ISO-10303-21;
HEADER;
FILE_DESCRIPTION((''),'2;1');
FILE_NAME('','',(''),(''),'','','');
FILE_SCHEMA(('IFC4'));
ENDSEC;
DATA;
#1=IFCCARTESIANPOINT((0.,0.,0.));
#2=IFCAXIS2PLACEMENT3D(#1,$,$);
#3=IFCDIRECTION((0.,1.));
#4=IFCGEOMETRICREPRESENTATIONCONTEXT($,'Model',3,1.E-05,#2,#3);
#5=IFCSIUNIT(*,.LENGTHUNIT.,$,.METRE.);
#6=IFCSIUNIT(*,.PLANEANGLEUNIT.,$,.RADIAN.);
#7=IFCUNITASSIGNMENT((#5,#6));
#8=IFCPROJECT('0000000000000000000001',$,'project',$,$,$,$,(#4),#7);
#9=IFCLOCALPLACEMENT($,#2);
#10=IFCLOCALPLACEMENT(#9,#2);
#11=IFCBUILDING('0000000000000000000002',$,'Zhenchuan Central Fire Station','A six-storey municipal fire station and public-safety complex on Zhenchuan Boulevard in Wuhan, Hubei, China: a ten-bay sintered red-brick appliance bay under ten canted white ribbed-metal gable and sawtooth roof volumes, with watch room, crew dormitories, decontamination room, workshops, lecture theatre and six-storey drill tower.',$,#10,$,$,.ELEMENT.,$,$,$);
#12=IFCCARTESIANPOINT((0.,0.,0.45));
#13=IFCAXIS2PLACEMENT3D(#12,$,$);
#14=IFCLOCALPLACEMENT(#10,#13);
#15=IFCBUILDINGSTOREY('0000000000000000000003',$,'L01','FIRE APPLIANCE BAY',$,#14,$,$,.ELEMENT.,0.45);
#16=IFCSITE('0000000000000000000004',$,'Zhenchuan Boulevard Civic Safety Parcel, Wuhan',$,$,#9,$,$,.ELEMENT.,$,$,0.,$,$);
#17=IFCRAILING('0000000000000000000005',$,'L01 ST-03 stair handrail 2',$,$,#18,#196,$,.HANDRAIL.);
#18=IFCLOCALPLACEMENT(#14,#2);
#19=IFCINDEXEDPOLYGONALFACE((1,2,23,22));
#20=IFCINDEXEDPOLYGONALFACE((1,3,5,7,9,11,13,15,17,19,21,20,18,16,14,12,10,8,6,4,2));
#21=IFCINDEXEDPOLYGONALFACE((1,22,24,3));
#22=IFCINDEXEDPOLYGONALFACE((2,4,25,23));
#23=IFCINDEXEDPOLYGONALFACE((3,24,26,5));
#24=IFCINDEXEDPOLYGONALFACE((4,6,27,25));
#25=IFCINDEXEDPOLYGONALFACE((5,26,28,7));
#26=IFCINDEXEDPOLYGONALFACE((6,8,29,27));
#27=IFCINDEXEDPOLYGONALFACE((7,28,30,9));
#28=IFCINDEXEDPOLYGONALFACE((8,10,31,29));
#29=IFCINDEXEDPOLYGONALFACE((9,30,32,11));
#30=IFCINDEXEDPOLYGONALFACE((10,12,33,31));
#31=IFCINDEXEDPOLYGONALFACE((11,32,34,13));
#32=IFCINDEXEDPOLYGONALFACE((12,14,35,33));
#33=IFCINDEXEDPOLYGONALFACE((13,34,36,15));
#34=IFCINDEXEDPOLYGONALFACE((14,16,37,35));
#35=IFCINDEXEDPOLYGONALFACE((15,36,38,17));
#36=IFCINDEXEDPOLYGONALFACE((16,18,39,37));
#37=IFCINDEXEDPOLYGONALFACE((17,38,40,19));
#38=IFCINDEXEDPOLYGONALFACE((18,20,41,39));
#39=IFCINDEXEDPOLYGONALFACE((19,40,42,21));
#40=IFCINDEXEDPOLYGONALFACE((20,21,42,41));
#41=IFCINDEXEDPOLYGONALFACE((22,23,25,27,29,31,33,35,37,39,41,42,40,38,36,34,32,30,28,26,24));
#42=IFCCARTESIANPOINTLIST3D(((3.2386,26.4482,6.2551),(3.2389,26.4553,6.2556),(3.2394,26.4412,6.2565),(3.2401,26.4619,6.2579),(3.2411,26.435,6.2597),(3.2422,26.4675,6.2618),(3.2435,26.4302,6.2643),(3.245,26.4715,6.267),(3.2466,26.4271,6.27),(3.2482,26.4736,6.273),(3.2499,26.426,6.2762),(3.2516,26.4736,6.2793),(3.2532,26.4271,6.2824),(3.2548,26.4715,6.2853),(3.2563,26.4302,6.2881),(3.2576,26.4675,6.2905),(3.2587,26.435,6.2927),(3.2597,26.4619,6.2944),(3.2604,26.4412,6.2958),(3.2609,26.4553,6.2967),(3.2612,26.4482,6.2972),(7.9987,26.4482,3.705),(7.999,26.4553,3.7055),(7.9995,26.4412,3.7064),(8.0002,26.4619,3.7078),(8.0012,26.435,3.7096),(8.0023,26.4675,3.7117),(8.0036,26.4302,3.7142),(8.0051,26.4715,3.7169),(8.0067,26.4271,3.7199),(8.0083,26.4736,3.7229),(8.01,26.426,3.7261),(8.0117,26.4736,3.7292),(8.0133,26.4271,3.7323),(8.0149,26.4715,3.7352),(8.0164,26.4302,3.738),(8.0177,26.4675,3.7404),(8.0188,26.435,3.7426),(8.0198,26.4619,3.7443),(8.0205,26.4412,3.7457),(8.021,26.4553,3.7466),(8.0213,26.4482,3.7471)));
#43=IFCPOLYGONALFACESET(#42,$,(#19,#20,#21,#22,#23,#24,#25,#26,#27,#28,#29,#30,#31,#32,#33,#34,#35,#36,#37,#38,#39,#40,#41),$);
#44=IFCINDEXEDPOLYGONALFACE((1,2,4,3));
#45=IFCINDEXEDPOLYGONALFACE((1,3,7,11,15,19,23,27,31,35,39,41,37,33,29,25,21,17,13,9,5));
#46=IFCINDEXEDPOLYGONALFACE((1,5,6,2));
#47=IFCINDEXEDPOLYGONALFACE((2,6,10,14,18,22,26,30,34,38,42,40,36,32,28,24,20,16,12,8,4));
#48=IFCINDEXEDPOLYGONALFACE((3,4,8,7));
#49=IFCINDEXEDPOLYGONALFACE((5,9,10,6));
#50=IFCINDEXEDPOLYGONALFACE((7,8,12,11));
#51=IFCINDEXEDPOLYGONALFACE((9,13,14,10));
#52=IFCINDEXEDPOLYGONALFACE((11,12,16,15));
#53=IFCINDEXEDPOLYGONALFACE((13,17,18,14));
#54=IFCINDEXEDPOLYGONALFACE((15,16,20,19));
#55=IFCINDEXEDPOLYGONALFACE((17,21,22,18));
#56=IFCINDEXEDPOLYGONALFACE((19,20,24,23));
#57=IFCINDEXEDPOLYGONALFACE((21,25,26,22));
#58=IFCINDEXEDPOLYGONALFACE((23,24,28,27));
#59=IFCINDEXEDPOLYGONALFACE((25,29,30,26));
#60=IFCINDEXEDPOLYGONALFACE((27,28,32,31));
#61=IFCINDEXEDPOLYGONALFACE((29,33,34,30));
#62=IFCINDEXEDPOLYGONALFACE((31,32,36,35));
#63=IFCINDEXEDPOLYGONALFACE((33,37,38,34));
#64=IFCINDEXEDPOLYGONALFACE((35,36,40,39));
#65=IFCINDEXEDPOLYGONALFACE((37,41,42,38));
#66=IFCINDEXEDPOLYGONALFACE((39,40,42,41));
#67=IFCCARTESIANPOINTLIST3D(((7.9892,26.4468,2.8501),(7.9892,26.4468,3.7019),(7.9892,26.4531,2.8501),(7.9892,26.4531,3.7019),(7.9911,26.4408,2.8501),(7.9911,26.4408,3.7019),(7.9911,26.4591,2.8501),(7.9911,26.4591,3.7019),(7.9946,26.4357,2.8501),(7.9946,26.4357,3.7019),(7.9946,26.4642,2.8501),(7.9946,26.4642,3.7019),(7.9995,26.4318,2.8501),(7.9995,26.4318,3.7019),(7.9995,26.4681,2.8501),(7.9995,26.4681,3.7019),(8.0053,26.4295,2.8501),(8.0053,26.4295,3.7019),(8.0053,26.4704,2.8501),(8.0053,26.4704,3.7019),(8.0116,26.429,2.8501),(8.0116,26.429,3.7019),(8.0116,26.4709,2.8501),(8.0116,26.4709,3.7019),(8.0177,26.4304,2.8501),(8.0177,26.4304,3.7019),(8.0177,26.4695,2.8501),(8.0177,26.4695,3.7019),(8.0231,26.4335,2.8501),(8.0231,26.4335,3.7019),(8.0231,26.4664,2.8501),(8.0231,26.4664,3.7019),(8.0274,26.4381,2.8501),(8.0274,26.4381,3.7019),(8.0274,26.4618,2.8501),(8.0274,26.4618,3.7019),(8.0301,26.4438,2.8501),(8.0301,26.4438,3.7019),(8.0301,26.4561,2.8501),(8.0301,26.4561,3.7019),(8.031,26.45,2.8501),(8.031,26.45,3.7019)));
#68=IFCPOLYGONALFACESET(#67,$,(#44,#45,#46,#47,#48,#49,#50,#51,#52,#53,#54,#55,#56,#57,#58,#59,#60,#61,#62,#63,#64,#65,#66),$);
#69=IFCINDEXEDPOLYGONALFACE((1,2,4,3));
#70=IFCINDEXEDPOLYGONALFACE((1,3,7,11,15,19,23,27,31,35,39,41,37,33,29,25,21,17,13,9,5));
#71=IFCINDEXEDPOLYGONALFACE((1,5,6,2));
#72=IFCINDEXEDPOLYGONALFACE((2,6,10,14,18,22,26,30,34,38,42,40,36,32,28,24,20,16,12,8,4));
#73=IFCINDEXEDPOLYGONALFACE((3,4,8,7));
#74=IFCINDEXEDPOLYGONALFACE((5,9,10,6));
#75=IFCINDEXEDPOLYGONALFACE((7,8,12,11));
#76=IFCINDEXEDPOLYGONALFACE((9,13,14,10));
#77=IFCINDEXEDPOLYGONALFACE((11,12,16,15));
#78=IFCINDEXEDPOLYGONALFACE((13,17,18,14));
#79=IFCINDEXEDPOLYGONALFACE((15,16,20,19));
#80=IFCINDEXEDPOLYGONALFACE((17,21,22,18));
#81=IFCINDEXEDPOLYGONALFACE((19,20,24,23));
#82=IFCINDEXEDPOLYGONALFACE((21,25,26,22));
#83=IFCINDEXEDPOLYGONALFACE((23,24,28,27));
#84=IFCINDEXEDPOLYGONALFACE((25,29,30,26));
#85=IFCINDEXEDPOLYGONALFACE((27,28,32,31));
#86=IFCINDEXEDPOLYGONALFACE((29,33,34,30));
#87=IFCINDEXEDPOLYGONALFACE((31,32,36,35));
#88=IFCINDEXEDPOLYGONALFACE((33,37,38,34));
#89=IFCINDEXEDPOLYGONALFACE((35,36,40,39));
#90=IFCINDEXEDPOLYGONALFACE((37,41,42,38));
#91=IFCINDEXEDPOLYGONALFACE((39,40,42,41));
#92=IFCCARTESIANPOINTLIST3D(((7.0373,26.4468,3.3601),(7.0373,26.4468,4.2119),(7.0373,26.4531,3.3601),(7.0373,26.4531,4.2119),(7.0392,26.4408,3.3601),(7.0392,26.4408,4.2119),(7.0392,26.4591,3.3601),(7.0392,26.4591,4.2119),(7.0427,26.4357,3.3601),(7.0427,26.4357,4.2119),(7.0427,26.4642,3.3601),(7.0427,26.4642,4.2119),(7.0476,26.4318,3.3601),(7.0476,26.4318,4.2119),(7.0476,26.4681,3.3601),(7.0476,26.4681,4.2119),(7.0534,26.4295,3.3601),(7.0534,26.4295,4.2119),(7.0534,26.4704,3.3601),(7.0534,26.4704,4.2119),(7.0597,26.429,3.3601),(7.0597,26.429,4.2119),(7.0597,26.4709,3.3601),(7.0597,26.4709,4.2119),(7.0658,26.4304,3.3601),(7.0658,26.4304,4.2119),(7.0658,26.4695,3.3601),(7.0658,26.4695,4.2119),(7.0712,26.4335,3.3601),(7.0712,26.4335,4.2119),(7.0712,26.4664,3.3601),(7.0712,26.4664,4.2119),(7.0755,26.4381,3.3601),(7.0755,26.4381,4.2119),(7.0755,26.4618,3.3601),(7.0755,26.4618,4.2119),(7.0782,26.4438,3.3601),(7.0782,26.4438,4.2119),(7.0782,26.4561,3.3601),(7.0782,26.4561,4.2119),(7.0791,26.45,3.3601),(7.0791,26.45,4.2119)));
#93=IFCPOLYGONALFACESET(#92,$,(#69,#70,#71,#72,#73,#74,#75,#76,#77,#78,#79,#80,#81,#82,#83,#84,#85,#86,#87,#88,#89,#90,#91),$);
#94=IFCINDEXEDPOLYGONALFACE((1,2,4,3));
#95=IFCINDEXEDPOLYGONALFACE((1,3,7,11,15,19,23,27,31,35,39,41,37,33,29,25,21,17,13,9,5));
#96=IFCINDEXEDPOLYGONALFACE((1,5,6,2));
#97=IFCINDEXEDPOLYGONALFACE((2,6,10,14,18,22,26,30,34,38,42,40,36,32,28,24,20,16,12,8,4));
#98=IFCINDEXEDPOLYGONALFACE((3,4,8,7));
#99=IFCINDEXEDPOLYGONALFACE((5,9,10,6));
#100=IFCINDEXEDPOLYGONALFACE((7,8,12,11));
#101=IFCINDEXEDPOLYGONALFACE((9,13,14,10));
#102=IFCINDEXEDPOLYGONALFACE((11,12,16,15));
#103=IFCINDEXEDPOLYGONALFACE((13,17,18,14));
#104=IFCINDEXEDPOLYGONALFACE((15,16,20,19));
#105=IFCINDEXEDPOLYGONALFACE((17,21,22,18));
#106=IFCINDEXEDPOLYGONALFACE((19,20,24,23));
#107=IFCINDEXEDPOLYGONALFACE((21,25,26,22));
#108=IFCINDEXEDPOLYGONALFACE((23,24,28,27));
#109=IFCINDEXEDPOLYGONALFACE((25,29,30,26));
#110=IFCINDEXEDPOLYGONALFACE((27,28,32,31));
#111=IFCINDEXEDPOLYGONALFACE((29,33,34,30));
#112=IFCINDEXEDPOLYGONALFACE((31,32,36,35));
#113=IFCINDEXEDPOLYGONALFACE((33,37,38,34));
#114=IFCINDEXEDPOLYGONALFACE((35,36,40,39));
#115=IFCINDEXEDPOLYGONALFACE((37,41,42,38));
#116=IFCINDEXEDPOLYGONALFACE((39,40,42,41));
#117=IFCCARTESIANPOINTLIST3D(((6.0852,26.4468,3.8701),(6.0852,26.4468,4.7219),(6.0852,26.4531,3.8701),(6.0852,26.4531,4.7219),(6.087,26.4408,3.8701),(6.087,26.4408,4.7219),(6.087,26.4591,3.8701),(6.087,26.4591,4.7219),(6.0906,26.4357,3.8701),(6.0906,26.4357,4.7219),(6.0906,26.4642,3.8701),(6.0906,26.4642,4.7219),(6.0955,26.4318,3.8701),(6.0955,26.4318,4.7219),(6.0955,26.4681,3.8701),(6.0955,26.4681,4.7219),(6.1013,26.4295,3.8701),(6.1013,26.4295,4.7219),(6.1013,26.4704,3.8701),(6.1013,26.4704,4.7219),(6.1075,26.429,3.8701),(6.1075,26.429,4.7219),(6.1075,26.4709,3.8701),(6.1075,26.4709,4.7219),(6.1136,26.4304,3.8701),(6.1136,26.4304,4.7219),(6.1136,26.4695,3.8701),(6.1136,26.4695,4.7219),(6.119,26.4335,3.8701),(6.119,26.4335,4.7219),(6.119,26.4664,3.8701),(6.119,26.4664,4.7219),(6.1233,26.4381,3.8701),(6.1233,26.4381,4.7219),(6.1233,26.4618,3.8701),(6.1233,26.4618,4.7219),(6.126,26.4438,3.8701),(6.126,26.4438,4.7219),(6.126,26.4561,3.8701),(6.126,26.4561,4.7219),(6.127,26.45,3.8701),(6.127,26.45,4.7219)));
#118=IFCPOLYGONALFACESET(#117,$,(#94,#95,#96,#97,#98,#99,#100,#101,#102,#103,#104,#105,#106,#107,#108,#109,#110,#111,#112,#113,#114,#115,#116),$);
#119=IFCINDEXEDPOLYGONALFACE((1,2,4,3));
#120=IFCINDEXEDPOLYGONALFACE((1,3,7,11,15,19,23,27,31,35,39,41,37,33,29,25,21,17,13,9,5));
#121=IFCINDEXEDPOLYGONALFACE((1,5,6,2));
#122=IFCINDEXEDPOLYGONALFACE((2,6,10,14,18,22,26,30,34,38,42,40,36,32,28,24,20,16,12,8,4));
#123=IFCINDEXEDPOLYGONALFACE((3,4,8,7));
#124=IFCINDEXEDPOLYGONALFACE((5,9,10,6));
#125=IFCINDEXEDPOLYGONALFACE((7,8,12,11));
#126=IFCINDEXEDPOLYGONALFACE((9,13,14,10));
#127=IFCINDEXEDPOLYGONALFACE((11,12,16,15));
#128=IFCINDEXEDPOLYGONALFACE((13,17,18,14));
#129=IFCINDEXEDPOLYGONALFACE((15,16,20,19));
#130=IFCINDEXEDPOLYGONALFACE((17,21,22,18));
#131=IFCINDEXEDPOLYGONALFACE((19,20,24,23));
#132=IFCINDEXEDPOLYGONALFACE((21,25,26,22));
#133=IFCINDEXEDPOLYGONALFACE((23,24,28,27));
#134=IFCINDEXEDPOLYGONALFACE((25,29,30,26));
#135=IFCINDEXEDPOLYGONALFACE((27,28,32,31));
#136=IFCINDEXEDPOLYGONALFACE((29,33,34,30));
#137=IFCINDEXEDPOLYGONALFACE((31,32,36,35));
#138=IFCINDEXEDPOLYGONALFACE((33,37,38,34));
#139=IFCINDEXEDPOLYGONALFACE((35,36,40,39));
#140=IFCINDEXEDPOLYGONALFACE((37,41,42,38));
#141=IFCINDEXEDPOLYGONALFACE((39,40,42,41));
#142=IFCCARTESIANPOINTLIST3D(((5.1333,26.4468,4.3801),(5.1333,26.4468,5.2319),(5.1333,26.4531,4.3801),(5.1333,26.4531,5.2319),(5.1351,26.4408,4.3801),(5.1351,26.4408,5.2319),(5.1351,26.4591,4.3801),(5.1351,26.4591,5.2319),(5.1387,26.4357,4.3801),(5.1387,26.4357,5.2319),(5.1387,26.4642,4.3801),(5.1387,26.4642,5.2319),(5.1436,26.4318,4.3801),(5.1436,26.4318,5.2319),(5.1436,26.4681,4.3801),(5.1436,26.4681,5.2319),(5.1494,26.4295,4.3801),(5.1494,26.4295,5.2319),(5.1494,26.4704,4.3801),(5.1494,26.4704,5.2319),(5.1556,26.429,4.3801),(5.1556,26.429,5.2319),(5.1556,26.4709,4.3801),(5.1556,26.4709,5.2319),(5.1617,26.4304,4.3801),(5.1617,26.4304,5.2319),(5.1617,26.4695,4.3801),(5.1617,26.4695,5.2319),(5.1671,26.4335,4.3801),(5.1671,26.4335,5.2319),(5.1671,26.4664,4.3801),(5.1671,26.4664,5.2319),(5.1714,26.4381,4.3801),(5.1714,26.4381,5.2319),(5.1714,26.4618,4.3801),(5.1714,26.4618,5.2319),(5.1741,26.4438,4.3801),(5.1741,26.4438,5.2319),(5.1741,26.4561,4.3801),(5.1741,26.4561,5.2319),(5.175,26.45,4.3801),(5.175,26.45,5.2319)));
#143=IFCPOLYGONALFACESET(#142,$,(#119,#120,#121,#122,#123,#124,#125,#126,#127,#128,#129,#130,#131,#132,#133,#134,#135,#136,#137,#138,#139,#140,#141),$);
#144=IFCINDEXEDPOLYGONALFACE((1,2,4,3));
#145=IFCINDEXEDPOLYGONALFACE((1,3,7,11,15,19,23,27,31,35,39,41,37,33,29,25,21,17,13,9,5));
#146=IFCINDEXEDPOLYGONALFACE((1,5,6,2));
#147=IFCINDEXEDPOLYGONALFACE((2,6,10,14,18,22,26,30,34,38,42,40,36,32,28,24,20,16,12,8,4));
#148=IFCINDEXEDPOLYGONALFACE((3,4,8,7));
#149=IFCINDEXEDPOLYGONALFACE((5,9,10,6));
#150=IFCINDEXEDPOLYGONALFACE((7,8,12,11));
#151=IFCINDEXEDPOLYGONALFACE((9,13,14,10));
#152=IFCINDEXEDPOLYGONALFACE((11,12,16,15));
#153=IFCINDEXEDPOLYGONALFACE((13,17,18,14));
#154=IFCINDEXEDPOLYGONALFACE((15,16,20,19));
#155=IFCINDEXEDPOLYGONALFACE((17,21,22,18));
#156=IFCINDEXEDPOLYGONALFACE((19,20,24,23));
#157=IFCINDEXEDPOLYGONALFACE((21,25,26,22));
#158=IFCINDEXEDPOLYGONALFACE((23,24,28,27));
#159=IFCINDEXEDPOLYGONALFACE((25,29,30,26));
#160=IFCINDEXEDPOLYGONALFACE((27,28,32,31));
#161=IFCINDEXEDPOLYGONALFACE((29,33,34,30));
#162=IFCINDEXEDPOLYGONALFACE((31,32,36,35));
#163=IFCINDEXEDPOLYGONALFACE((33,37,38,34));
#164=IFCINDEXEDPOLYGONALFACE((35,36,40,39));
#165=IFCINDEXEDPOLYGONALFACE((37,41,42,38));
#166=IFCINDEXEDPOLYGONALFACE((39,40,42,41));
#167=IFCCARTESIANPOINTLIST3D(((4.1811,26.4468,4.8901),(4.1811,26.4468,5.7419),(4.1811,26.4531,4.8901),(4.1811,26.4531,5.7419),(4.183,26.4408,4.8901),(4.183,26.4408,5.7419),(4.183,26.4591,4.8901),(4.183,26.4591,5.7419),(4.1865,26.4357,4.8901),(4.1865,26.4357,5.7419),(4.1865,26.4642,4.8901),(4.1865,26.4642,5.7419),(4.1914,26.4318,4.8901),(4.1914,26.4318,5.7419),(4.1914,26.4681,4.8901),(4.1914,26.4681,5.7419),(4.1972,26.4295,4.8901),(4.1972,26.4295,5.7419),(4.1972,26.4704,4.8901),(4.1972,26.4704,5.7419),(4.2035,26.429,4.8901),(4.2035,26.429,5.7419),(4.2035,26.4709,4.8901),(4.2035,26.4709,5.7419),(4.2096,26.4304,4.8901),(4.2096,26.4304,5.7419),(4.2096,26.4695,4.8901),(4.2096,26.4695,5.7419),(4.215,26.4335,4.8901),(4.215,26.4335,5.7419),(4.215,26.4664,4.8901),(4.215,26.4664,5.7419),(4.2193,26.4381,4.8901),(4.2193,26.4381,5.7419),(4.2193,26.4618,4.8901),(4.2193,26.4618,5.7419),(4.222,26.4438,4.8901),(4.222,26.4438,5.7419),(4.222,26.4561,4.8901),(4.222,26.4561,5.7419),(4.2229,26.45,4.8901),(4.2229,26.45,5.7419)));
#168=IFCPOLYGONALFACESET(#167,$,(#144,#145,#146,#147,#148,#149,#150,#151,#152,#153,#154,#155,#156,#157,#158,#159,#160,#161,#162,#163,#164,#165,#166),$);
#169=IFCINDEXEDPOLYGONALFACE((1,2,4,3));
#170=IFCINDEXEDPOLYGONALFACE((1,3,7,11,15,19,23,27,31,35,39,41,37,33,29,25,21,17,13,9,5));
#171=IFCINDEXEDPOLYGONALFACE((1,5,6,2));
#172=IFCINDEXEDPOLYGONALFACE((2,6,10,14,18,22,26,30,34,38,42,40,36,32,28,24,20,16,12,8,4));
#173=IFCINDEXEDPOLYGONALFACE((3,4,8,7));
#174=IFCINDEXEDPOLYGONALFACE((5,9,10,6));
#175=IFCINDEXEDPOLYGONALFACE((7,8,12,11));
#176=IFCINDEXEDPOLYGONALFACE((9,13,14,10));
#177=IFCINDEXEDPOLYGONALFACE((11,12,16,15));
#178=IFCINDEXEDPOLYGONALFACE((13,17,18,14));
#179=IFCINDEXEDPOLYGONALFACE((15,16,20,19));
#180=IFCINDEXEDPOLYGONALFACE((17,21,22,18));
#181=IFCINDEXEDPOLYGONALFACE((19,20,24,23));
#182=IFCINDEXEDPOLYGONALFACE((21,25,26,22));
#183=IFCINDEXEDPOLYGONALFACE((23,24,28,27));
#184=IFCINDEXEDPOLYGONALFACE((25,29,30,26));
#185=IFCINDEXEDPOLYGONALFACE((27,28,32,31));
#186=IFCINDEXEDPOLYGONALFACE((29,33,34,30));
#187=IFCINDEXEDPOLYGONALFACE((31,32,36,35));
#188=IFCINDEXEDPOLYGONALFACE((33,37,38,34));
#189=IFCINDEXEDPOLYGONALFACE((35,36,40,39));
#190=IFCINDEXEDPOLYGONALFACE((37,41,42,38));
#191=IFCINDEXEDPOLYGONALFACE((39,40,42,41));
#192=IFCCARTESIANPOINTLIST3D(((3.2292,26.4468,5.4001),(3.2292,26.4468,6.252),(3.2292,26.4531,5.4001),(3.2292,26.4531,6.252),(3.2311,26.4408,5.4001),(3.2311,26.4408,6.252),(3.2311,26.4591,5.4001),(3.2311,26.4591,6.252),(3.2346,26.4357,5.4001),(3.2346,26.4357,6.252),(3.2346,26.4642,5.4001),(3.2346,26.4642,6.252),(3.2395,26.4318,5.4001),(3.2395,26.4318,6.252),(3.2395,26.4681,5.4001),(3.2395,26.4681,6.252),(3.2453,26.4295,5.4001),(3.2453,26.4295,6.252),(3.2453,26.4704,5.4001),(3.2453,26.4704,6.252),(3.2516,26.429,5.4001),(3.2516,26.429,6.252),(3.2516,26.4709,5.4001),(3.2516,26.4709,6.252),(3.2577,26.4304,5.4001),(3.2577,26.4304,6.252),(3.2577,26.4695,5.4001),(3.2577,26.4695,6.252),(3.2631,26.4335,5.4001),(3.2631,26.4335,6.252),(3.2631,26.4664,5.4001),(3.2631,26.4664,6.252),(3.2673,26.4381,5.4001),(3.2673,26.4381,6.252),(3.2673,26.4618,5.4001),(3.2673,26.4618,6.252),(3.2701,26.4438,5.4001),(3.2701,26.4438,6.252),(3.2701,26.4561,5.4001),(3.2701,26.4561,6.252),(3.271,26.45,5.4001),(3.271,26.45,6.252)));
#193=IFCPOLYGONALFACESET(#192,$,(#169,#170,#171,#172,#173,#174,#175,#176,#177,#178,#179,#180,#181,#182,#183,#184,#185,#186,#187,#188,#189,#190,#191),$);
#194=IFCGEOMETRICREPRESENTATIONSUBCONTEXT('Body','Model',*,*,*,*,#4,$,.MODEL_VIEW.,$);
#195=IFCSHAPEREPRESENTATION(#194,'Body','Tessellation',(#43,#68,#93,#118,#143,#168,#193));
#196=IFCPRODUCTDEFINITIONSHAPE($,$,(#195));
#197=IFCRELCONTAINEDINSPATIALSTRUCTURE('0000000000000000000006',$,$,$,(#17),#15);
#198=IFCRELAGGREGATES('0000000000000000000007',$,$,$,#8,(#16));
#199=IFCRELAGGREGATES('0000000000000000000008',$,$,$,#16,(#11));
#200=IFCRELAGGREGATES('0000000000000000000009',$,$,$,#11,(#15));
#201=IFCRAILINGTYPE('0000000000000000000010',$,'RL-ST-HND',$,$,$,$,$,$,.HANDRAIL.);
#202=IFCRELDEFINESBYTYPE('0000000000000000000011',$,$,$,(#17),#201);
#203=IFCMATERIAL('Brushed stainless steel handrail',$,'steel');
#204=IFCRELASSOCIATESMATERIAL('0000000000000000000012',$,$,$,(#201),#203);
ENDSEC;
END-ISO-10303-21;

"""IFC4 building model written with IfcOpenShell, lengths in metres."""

from ifc_helpers import new_model, si_unit, direction, frame, origin, origin_2d, place, context, subcontext, project, spatial, circle, extrude, material, type_object, element, save


model = new_model("IFC4")

# Units and contexts
model_context = context("Model", 3, precision=1e-05, world=origin(), true_north=direction((0.0, 1.0)))
body_context = subcontext(model_context, "Body", "Model", "MODEL_VIEW")
ifc_project = project(units=[si_unit("LENGTHUNIT", "METRE"), si_unit("PLANEANGLEUNIT", "RADIAN")], contexts=[model_context])

# Site, building, storey
site_placement = place(None, origin())
site = spatial("IfcSite", under=ifc_project, at=site_placement, Name="Zhenchuan Boulevard Civic Safety Parcel, Wuhan", CompositionType="ELEMENT", RefElevation=0.0)
building_placement = place(site_placement, origin())
building = spatial("IfcBuilding", under=site, at=building_placement, Name="Zhenchuan Central Fire Station", Description="A six-storey municipal fire station and public-safety complex on Zhenchuan Boulevard in Wuhan, Hubei, China: a ten-bay sintered red-brick appliance bay under ten canted white ribbed-metal gable and sawtooth roof volumes, with watch room, crew dormitories, decontamination room, workshops, lecture theatre and six-storey drill tower.", CompositionType="ELEMENT")
storey_placement = place(building_placement, frame((0.0, 0.0, 0.45)))
storey = spatial("IfcBuildingStorey", under=building, at=storey_placement, Name="L01", Description="FIRE APPLIANCE BAY", CompositionType="ELEMENT", Elevation=0.45)

# Railing
ifc_material_1 = material(Name="Brushed stainless steel handrail", Category="steel")
railing_type_1 = type_object("IfcRailingType", Name="RL-ST-HND", PredefinedType="HANDRAIL", material=ifc_material_1)
railing_1_placement = place(storey_placement, frame((8.01, 26.45, 2.8501)))
element("IfcRailing", 1, at=railing_1_placement, inside=storey, type_object=railing_type_1, Name="L01 ST-03 stair handrail 2", PredefinedType="HANDRAIL", context=body_context, shape_type="SweptSolid", body=[
    extrude(circle(Radius=0.0239, at=origin_2d()), frame((0.0, 0.0, 0.876), z_axis=(-0.881477, 0.0, 0.472228), x_axis=(0.0, -1.0, 0.0)), (0.0, 0.0, 1.0), 5.4001),
    extrude(circle(Radius=0.021, at=origin_2d()), origin(), (0.0, 0.0, 1.0), 0.8518),
    extrude(circle(Radius=0.021, at=origin_2d()), frame((-0.9519, 0.0, 0.51)), (0.0, 0.0, 1.0), 0.8518),
    extrude(circle(Radius=0.021, at=origin_2d()), frame((-1.9041, 0.0, 1.02)), (0.0, 0.0, 1.0), 0.8518),
    extrude(circle(Radius=0.021, at=origin_2d()), frame((-2.856, 0.0, 1.53)), (0.0, 0.0, 1.0), 0.8518),
    extrude(circle(Radius=0.021, at=origin_2d()), frame((-3.8081, 0.0, 2.04)), (0.0, 0.0, 1.0), 0.8518),
    extrude(circle(Radius=0.021, at=origin_2d()), frame((-4.76, 0.0, 2.55)), (0.0, 0.0, 1.0), 0.8518),
])

save(model, "model.ifc")
